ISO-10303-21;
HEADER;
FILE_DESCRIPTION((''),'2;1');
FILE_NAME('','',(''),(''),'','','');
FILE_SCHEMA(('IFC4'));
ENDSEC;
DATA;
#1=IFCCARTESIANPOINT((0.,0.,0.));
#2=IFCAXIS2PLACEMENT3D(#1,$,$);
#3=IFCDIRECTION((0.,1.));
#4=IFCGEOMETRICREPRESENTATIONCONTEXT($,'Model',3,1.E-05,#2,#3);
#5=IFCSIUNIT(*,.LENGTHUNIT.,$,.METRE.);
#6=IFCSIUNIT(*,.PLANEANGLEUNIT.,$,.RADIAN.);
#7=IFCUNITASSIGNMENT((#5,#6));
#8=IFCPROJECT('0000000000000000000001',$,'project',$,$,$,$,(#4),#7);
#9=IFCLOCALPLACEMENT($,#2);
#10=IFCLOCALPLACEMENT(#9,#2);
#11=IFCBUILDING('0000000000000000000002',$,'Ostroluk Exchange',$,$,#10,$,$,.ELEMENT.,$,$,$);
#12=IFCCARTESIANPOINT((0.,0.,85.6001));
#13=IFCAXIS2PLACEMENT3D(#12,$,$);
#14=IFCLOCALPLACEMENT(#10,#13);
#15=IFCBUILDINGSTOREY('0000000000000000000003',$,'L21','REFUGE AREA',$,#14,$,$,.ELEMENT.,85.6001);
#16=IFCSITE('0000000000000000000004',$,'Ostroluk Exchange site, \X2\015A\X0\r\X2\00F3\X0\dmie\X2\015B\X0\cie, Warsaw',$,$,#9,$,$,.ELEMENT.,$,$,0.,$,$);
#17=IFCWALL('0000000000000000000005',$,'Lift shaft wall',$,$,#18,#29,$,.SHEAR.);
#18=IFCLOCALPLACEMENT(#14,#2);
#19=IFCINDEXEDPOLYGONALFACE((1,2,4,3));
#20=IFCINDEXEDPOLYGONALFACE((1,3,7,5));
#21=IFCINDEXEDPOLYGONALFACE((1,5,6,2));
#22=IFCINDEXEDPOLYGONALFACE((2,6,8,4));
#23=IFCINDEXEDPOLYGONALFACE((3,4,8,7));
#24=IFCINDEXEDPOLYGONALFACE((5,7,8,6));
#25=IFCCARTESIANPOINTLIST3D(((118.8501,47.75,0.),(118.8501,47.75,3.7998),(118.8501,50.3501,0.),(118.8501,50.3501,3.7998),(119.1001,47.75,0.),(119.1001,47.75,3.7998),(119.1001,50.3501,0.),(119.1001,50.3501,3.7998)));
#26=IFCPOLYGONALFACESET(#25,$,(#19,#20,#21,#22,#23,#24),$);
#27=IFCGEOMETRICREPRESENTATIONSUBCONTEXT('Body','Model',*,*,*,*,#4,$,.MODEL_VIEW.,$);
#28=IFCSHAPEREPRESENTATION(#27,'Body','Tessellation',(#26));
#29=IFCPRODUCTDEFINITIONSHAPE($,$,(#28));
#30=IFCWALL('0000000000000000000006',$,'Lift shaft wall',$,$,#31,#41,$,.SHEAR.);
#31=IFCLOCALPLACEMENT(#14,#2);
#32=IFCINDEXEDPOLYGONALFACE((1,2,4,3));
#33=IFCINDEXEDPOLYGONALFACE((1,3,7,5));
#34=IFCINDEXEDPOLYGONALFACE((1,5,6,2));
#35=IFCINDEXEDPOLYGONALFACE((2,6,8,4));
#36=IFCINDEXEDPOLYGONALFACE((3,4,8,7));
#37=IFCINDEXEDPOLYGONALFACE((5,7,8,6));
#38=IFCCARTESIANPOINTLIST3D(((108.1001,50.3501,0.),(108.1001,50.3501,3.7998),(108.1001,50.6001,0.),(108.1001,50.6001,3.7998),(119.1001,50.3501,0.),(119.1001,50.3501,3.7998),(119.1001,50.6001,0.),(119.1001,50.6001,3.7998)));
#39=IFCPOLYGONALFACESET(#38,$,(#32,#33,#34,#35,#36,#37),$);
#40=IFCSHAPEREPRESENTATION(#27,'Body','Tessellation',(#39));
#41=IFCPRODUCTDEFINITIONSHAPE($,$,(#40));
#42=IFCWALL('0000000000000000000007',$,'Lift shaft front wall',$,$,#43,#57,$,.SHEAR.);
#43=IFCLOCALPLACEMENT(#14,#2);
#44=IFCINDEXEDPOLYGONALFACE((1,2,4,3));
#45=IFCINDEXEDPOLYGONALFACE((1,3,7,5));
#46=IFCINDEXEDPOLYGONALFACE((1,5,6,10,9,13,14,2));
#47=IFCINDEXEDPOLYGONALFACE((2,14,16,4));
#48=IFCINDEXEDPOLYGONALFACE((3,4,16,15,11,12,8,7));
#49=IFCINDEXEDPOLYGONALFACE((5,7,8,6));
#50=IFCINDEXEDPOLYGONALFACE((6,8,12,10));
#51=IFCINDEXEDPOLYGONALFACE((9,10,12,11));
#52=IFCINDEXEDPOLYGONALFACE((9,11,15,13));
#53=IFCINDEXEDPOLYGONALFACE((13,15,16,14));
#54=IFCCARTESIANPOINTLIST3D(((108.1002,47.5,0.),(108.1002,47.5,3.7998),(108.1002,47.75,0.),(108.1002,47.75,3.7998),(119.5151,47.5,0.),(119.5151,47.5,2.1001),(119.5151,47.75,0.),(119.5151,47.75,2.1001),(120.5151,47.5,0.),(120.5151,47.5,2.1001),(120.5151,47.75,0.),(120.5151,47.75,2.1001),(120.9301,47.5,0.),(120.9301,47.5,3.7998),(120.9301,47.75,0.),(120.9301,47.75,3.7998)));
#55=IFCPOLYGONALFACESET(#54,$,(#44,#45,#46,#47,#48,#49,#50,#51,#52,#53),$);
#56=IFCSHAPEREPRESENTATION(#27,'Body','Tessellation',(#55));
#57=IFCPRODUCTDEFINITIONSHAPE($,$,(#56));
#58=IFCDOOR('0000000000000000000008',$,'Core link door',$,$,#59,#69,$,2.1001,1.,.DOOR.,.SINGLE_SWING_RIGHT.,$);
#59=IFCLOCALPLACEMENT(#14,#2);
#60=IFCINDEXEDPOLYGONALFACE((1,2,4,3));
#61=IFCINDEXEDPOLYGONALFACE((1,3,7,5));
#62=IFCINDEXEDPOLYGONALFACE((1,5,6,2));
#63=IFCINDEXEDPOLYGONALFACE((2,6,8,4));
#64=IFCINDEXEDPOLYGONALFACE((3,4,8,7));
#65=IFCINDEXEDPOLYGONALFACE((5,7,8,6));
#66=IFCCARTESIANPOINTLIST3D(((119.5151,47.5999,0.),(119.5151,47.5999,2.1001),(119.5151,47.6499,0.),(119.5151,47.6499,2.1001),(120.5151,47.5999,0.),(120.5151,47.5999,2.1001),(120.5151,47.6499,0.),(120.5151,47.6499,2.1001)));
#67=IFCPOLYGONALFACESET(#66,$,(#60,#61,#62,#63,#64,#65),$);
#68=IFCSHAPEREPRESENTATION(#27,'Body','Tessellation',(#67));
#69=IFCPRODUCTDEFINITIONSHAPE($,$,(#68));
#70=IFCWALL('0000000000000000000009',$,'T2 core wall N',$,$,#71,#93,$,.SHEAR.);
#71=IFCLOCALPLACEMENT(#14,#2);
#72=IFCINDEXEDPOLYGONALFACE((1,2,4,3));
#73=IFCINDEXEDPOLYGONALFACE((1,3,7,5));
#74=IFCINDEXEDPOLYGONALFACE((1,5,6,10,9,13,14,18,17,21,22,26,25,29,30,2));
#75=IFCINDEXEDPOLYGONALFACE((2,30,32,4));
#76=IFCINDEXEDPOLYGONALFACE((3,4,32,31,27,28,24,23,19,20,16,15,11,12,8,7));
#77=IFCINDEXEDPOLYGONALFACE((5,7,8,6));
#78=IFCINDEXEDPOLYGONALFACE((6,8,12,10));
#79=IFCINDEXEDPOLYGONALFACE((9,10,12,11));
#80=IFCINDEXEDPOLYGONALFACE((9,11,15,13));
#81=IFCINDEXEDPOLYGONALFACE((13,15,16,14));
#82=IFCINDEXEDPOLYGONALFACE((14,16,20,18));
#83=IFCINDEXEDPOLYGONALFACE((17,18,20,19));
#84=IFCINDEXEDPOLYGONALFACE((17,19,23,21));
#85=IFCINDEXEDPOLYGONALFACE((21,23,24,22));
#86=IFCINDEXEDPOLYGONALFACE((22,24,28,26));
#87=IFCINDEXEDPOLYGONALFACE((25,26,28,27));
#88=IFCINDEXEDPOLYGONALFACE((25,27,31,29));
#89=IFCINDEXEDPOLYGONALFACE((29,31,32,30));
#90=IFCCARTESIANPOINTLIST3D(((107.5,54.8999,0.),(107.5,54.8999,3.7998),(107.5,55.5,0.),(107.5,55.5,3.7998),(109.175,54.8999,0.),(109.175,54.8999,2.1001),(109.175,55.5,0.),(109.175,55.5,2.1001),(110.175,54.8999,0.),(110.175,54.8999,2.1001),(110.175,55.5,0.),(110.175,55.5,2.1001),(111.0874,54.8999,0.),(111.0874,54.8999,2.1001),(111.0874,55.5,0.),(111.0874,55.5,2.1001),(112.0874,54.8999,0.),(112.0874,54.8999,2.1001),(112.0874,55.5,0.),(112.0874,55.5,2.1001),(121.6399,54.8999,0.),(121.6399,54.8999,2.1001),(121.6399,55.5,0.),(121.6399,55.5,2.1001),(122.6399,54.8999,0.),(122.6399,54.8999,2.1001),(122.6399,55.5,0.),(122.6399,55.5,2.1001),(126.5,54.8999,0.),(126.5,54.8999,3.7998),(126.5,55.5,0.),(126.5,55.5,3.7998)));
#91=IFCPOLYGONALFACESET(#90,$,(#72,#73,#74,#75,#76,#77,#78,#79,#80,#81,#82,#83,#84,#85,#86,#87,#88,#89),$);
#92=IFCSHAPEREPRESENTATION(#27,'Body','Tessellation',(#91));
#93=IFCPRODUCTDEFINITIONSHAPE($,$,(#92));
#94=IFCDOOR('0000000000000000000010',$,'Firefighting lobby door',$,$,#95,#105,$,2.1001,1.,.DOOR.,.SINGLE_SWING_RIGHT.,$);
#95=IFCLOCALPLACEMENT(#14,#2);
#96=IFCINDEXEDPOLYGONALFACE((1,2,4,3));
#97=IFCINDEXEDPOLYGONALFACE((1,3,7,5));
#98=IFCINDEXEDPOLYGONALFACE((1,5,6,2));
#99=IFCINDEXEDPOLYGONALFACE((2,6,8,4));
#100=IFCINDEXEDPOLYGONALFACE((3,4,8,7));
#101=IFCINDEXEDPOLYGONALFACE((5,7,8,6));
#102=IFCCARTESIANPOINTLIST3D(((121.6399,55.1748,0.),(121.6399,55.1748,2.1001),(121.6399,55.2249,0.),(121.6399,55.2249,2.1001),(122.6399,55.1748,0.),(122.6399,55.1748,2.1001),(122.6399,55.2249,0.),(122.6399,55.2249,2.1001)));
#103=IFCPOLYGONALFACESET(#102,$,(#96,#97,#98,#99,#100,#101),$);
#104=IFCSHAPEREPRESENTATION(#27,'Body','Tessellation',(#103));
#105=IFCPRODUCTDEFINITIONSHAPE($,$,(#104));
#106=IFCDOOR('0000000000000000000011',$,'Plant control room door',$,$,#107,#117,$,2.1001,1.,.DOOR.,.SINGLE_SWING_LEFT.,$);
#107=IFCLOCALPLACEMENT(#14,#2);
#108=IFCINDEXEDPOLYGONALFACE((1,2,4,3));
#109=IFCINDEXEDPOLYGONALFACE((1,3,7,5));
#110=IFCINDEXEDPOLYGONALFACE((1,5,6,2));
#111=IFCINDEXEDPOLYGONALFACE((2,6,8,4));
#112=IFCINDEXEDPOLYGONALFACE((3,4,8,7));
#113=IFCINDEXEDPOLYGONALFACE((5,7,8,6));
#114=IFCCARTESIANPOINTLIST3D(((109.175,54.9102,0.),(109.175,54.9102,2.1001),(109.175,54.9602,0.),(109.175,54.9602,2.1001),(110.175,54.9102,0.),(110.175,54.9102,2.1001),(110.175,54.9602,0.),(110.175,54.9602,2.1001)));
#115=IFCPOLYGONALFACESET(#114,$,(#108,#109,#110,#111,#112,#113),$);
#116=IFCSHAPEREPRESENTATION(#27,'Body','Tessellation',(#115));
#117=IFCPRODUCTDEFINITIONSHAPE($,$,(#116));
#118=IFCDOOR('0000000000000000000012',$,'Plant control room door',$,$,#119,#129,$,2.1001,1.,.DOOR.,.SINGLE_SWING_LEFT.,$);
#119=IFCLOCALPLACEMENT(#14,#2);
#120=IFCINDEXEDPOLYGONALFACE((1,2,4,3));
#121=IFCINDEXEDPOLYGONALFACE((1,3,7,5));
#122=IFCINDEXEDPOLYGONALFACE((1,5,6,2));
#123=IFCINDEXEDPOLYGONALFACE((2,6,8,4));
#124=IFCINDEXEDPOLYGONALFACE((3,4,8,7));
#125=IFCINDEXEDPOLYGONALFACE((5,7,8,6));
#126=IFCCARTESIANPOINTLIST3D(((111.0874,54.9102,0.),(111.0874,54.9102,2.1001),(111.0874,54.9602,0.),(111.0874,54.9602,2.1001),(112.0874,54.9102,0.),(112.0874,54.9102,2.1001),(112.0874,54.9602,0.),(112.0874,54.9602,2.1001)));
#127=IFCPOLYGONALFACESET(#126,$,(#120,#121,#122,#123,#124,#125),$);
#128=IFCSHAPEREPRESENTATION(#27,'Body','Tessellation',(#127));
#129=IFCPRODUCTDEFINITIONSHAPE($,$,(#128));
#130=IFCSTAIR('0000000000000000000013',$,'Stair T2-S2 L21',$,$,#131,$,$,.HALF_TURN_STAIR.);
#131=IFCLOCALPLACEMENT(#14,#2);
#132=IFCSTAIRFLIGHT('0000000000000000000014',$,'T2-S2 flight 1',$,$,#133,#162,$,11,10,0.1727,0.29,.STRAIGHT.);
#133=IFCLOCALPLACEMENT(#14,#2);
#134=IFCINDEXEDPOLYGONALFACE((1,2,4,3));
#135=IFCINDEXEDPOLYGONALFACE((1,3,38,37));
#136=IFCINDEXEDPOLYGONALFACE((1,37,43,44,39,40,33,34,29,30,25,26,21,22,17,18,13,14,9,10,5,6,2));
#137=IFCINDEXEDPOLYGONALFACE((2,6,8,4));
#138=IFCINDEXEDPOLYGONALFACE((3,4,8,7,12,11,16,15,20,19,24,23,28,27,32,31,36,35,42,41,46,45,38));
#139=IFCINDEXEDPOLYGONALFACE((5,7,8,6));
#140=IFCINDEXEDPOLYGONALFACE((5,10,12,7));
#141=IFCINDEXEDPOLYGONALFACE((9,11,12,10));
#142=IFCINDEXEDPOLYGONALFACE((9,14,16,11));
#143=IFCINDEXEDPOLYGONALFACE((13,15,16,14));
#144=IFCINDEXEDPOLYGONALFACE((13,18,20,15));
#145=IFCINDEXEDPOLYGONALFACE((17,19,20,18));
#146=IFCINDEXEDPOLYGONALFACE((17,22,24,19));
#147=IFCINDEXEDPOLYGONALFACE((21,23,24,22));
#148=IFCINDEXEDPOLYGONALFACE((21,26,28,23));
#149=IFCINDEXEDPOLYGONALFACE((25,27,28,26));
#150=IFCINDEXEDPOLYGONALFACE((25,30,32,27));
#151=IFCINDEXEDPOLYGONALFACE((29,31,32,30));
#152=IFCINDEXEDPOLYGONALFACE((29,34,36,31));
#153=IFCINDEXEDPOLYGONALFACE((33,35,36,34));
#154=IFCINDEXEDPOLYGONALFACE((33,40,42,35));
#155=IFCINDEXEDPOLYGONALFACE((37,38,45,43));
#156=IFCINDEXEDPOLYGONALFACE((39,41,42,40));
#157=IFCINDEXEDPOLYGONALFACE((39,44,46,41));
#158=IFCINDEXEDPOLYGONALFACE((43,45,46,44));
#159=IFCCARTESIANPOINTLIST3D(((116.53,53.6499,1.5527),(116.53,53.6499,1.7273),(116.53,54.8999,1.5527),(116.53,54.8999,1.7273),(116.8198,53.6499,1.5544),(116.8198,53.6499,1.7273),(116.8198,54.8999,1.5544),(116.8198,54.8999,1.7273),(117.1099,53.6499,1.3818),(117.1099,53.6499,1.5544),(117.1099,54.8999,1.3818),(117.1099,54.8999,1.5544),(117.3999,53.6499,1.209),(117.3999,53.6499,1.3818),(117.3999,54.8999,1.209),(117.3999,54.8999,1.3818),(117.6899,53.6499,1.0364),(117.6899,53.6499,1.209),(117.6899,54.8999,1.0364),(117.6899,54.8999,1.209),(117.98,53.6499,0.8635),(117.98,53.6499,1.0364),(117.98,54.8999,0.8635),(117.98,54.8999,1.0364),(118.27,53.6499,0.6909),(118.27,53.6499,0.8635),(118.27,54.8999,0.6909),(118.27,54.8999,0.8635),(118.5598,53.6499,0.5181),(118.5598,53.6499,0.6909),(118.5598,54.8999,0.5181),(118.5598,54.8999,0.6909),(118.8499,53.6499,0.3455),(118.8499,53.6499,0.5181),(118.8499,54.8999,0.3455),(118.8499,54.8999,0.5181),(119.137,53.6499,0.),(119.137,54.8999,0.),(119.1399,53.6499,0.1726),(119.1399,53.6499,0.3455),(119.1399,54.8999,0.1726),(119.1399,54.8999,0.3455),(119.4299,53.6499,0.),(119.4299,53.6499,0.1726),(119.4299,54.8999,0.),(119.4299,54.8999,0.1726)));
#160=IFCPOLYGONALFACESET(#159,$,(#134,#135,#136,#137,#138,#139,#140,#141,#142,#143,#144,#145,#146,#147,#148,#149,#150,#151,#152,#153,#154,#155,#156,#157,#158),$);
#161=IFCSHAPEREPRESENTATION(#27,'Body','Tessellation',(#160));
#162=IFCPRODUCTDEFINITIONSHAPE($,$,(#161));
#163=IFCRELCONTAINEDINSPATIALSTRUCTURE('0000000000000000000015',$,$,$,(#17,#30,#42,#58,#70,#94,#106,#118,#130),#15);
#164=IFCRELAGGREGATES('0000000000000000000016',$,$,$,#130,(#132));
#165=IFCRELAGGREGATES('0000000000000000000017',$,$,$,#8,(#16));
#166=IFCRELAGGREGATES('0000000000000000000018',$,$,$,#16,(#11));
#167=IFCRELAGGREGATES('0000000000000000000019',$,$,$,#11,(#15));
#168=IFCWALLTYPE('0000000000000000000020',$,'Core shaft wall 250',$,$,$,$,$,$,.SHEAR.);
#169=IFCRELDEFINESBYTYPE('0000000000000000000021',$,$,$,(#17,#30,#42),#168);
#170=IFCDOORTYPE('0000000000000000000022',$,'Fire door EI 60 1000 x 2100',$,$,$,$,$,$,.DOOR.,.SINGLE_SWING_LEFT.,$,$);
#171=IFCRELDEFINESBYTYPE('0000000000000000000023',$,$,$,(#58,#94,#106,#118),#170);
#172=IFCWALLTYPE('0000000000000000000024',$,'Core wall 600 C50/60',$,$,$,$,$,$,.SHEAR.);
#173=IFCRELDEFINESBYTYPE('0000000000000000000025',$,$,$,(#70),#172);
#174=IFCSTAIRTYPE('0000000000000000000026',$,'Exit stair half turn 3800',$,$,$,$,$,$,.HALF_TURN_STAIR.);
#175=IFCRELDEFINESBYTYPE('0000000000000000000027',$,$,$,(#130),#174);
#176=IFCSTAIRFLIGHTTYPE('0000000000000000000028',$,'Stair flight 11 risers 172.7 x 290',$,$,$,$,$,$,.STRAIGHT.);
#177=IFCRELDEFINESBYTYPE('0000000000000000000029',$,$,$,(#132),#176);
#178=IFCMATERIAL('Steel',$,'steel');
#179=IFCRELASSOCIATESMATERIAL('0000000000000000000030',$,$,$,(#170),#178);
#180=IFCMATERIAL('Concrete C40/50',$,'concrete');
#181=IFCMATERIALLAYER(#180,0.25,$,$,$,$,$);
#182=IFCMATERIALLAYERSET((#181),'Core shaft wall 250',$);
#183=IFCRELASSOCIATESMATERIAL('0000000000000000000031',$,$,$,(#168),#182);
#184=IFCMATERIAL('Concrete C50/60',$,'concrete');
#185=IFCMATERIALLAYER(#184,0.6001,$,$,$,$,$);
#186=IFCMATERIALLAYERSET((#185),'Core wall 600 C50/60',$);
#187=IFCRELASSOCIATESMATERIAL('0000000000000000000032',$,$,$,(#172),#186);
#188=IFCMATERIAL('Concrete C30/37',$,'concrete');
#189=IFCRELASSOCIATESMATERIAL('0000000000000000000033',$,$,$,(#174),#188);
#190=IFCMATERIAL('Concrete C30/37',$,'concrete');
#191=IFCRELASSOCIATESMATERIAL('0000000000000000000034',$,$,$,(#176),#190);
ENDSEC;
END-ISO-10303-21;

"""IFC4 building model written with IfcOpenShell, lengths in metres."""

from ifc_helpers import new_model, si_unit, direction, frame, frame_2d, origin, place, context, subcontext, project, spatial, polyline, rectangle, outline, extrude, material, layer, layer_set, type_object, element, fill, aggregate, save


model = new_model("IFC4")

# Units and contexts
model_context = context("Model", 3, precision=1e-05, world=origin(), true_north=direction((0.0, 1.0)))
body_context = subcontext(model_context, "Body", "Model", "MODEL_VIEW")
ifc_project = project(units=[si_unit("LENGTHUNIT", "METRE"), si_unit("PLANEANGLEUNIT", "RADIAN")], contexts=[model_context])

# Site, building, storey
site_placement = place(None, origin())
site = spatial("IfcSite", under=ifc_project, at=site_placement, Name="Ostroluk Exchange site, Śródmieście, Warsaw", CompositionType="ELEMENT", RefElevation=0.0)
building_placement = place(site_placement, origin())
building = spatial("IfcBuilding", under=site, at=building_placement, Name="Ostroluk Exchange", CompositionType="ELEMENT")
storey_placement = place(building_placement, frame((0.0, 0.0, 85.6001)))
storey = spatial("IfcBuildingStorey", under=building, at=storey_placement, Name="L21", Description="REFUGE AREA", CompositionType="ELEMENT", Elevation=85.6001)

# Shared definitions
ifc_material_1 = material(Name="Steel", Category="steel")
door_type = type_object("IfcDoorType", Name="Fire door EI 60 1000 x 2100", OperationType="SINGLE_SWING_LEFT", PredefinedType="DOOR", material=ifc_material_1)

# Walls
ifc_material_2 = material(Name="Concrete C40/50", Category="concrete")
ifc_layer_1 = layer(ifc_material_2, 0.25)
ifc_layer_set_1 = layer_set([ifc_layer_1], Name="Core shaft wall 250")
wall_type_1 = type_object("IfcWallType", Name="Core shaft wall 250", PredefinedType="SHEAR", material=ifc_layer_set_1)
for number, where, z_axis, x_axis, name in (
    (1, (118.9751, 47.75, 0.0), (0.0, 0.0, 1.0), (0.0, 1.0, 0.0), "Lift shaft wall"),
):
    element("IfcWall", number, at=place(storey_placement, frame(where, z_axis=z_axis, x_axis=x_axis)), inside=storey, type_object=wall_type_1, Name=name, PredefinedType="SHEAR", context=body_context, shape_type="SweptSolid", body=[
        extrude(rectangle(XDim=2.6001, YDim=0.25, at=frame_2d((1.3, 0.0))), origin(), (0.0, 0.0, 1.0), 3.7998),
    ])
wall_1_placement = place(storey_placement, frame((108.1001, 50.4751, 0.0), z_axis=(0.0, 0.0, 1.0), x_axis=(1.0, 0.0, 0.0)))
element("IfcWall", 2, at=wall_1_placement, inside=storey, type_object=wall_type_1, Name="Lift shaft wall", PredefinedType="SHEAR", context=body_context, shape_type="SweptSolid", body=[
    extrude(rectangle(XDim=11.0, YDim=0.25, at=frame_2d((5.5, 0.0))), origin(), (0.0, 0.0, 1.0), 3.7998),
])

# Wall, opening, door
wall_2_placement = place(storey_placement, frame((108.1001, 47.625, 0.0), z_axis=(0.0, 0.0, 1.0), x_axis=(1.0, 0.0, 0.0)))
wall_2 = element("IfcWall", 3, at=wall_2_placement, inside=storey, type_object=wall_type_1, Name="Lift shaft front wall", PredefinedType="SHEAR", context=body_context, shape_type="SweptSolid", body=[
    extrude(rectangle(XDim=12.8298, YDim=0.25, at=frame_2d((6.415, 0.0))), origin(), (0.0, 0.0, 1.0), 3.7998),
])
opening_1_placement = place(wall_2_placement, frame((11.415, 0.0, 0.0)))
opening_1 = element("IfcOpeningElement", 4, at=opening_1_placement, cuts=wall_2, PredefinedType="OPENING", context=body_context, shape_type="SweptSolid", body=[
    extrude(rectangle(XDim=1.0, YDim=2.1001, at=frame_2d((0.5, 1.05))), frame((0.0, 0.135, 0.0), z_axis=(0.0, -1.0, 0.0), x_axis=(1.0, 0.0, 0.0)), (0.0, 0.0, 1.0), 0.27),
])
door_1_placement = place(opening_1_placement, origin())
door_1 = element("IfcDoor", 5, at=door_1_placement, inside=storey, type_object=door_type, Name="Core link door", OperationType="SINGLE_SWING_RIGHT", OverallHeight=2.1001, OverallWidth=1.0, PredefinedType="DOOR", context=body_context, shape_type="SweptSolid", body=[
    extrude(rectangle(XDim=1.0, YDim=2.1001, at=frame_2d((0.5, 1.05))), frame((0.0, 0.0249, 0.0), z_axis=(0.0, -1.0, 0.0), x_axis=(1.0, 0.0, 0.0)), (0.0, 0.0, 1.0), 0.05),
])
fill(opening_1, door_1)

# Wall, openings, doors
ifc_material_3 = material(Name="Concrete C50/60", Category="concrete")
ifc_layer_2 = layer(ifc_material_3, 0.6001)
ifc_layer_set_2 = layer_set([ifc_layer_2], Name="Core wall 600 C50/60")
wall_type_2 = type_object("IfcWallType", Name="Core wall 600 C50/60", PredefinedType="SHEAR", material=ifc_layer_set_2)
wall_3_placement = place(storey_placement, frame((107.5, 55.2, 0.0), z_axis=(0.0, 0.0, 1.0), x_axis=(1.0, 0.0, 0.0)))
wall_3 = element("IfcWall", 6, at=wall_3_placement, inside=storey, type_object=wall_type_2, Name="T2 core wall N", PredefinedType="SHEAR", context=body_context, shape_type="SweptSolid", body=[
    extrude(rectangle(XDim=19.0, YDim=0.6001, at=frame_2d((9.5, 0.0))), origin(), (0.0, 0.0, 1.0), 3.7998),
])
opening_2_placement = place(wall_3_placement, frame((14.1399, 0.0, 0.0)))
opening_2 = element("IfcOpeningElement", 7, at=opening_2_placement, cuts=wall_3, PredefinedType="OPENING", context=body_context, shape_type="SweptSolid", body=[
    extrude(rectangle(XDim=1.0, YDim=2.1001, at=frame_2d((0.5, 1.05))), frame((0.0, 0.3101, 0.0), z_axis=(0.0, -1.0, 0.0), x_axis=(1.0, 0.0, 0.0)), (0.0, 0.0, 1.0), 0.6201),
])
opening_3_placement = place(wall_3_placement, frame((1.675, 0.0, 0.0)))
opening_3 = element("IfcOpeningElement", 8, at=opening_3_placement, cuts=wall_3, PredefinedType="OPENING", context=body_context, shape_type="SweptSolid", body=[
    extrude(rectangle(XDim=1.0, YDim=2.1001, at=frame_2d((0.5, 1.05))), frame((0.0, 0.3101, 0.0), z_axis=(0.0, -1.0, 0.0), x_axis=(1.0, 0.0, 0.0)), (0.0, 0.0, 1.0), 0.6201),
])
opening_4_placement = place(wall_3_placement, frame((3.5874, 0.0, 0.0)))
opening_4 = element("IfcOpeningElement", 9, at=opening_4_placement, cuts=wall_3, PredefinedType="OPENING", context=body_context, shape_type="SweptSolid", body=[
    extrude(rectangle(XDim=1.0, YDim=2.1001, at=frame_2d((0.5, 1.05))), frame((0.0, 0.3101, 0.0), z_axis=(0.0, -1.0, 0.0), x_axis=(1.0, 0.0, 0.0)), (0.0, 0.0, 1.0), 0.6201),
])
door_2_placement = place(opening_2_placement, origin())
door_2 = element("IfcDoor", 10, at=door_2_placement, inside=storey, type_object=door_type, Name="Firefighting lobby door", OperationType="SINGLE_SWING_RIGHT", OverallHeight=2.1001, OverallWidth=1.0, PredefinedType="DOOR", context=body_context, shape_type="SweptSolid", body=[
    extrude(rectangle(XDim=1.0, YDim=2.1001, at=frame_2d((0.5, 1.05))), frame((0.0, 0.0249, 0.0), z_axis=(0.0, -1.0, 0.0), x_axis=(1.0, 0.0, 0.0)), (0.0, 0.0, 1.0), 0.05),
])
fill(opening_2, door_2)
door_3_placement = place(opening_3_placement, origin())
door_3 = element("IfcDoor", 11, at=door_3_placement, inside=storey, type_object=door_type, Name="Plant control room door", OperationType="SINGLE_SWING_LEFT", OverallHeight=2.1001, OverallWidth=1.0, PredefinedType="DOOR", context=body_context, shape_type="SweptSolid", body=[
    extrude(rectangle(XDim=1.0, YDim=2.1001, at=frame_2d((0.5, 1.05))), frame((0.0, -0.2397, 0.0), z_axis=(0.0, -1.0, 0.0), x_axis=(1.0, 0.0, 0.0)), (0.0, 0.0, 1.0), 0.05),
])
fill(opening_3, door_3)
door_4_placement = place(opening_4_placement, origin())
door_4 = element("IfcDoor", 12, at=door_4_placement, inside=storey, type_object=door_type, Name="Plant control room door", OperationType="SINGLE_SWING_LEFT", OverallHeight=2.1001, OverallWidth=1.0, PredefinedType="DOOR", context=body_context, shape_type="SweptSolid", body=[
    extrude(rectangle(XDim=1.0, YDim=2.1001, at=frame_2d((0.5, 1.05))), frame((0.0, -0.2397, 0.0), z_axis=(0.0, -1.0, 0.0), x_axis=(1.0, 0.0, 0.0)), (0.0, 0.0, 1.0), 0.05),
])
fill(opening_4, door_4)

# Stair, stair flight
ifc_material_4 = material(Name="Concrete C30/37", Category="concrete")
stair_type = type_object("IfcStairType", Name="Exit stair half turn 3800", PredefinedType="HALF_TURN_STAIR", material=ifc_material_4)
stair_placement = place(storey_placement, origin())
stair = element("IfcStair", 13, at=stair_placement, inside=storey, type_object=stair_type, Name="Stair T2-S2 L21", PredefinedType="HALF_TURN_STAIR")
ifc_material_5 = material(Name="Concrete C30/37", Category="concrete")
stair_flight_type = type_object("IfcStairFlightType", Name="Stair flight 11 risers 172.7 x 290", PredefinedType="STRAIGHT", material=ifc_material_5)
stair_flight_1_placement = place(storey_placement, frame((119.4299, 54.2749, 0.0), z_axis=(0.0, 0.0, 1.0), x_axis=(-1.0, 0.0, 0.0)))
stair_flight_1 = element("IfcStairFlight", 14, at=stair_flight_1_placement, type_object=stair_flight_type, Name="T2-S2 flight 1", NumberOfRisers=11, NumberOfTreads=10, PredefinedType="STRAIGHT", RiserHeight=0.1727, TreadLength=0.29, context=body_context, shape_type="SweptSolid", body=[
    extrude(outline(polyline([(0.0, 0.0), (0.0, 0.1726), (0.29, 0.1726), (0.29, 0.3455), (0.5801, 0.3455), (0.5801, 0.5181), (0.8701, 0.5181), (0.8701, 0.6909), (1.1599, 0.6909), (1.1599, 0.8635), (1.45, 0.8635), (1.45, 1.0364), (1.74, 1.0364), (1.74, 1.209), (2.03, 1.209), (2.03, 1.3818), (2.3201, 1.3818), (2.3201, 1.5544), (2.6101, 1.5544), (2.6101, 1.7273), (2.8999, 1.7273), (2.8999, 1.8999), (2.8999, 1.5527), (0.293, 0.0), (0.0, 0.0)])), frame((0.0, 0.625, 0.0), z_axis=(0.0, -1.0, 0.0), x_axis=(1.0, 0.0, 0.0)), (0.0, 0.0, 1.0), 1.25),
])
aggregate(stair, [stair_flight_1])

save(model, "model.ifc")
